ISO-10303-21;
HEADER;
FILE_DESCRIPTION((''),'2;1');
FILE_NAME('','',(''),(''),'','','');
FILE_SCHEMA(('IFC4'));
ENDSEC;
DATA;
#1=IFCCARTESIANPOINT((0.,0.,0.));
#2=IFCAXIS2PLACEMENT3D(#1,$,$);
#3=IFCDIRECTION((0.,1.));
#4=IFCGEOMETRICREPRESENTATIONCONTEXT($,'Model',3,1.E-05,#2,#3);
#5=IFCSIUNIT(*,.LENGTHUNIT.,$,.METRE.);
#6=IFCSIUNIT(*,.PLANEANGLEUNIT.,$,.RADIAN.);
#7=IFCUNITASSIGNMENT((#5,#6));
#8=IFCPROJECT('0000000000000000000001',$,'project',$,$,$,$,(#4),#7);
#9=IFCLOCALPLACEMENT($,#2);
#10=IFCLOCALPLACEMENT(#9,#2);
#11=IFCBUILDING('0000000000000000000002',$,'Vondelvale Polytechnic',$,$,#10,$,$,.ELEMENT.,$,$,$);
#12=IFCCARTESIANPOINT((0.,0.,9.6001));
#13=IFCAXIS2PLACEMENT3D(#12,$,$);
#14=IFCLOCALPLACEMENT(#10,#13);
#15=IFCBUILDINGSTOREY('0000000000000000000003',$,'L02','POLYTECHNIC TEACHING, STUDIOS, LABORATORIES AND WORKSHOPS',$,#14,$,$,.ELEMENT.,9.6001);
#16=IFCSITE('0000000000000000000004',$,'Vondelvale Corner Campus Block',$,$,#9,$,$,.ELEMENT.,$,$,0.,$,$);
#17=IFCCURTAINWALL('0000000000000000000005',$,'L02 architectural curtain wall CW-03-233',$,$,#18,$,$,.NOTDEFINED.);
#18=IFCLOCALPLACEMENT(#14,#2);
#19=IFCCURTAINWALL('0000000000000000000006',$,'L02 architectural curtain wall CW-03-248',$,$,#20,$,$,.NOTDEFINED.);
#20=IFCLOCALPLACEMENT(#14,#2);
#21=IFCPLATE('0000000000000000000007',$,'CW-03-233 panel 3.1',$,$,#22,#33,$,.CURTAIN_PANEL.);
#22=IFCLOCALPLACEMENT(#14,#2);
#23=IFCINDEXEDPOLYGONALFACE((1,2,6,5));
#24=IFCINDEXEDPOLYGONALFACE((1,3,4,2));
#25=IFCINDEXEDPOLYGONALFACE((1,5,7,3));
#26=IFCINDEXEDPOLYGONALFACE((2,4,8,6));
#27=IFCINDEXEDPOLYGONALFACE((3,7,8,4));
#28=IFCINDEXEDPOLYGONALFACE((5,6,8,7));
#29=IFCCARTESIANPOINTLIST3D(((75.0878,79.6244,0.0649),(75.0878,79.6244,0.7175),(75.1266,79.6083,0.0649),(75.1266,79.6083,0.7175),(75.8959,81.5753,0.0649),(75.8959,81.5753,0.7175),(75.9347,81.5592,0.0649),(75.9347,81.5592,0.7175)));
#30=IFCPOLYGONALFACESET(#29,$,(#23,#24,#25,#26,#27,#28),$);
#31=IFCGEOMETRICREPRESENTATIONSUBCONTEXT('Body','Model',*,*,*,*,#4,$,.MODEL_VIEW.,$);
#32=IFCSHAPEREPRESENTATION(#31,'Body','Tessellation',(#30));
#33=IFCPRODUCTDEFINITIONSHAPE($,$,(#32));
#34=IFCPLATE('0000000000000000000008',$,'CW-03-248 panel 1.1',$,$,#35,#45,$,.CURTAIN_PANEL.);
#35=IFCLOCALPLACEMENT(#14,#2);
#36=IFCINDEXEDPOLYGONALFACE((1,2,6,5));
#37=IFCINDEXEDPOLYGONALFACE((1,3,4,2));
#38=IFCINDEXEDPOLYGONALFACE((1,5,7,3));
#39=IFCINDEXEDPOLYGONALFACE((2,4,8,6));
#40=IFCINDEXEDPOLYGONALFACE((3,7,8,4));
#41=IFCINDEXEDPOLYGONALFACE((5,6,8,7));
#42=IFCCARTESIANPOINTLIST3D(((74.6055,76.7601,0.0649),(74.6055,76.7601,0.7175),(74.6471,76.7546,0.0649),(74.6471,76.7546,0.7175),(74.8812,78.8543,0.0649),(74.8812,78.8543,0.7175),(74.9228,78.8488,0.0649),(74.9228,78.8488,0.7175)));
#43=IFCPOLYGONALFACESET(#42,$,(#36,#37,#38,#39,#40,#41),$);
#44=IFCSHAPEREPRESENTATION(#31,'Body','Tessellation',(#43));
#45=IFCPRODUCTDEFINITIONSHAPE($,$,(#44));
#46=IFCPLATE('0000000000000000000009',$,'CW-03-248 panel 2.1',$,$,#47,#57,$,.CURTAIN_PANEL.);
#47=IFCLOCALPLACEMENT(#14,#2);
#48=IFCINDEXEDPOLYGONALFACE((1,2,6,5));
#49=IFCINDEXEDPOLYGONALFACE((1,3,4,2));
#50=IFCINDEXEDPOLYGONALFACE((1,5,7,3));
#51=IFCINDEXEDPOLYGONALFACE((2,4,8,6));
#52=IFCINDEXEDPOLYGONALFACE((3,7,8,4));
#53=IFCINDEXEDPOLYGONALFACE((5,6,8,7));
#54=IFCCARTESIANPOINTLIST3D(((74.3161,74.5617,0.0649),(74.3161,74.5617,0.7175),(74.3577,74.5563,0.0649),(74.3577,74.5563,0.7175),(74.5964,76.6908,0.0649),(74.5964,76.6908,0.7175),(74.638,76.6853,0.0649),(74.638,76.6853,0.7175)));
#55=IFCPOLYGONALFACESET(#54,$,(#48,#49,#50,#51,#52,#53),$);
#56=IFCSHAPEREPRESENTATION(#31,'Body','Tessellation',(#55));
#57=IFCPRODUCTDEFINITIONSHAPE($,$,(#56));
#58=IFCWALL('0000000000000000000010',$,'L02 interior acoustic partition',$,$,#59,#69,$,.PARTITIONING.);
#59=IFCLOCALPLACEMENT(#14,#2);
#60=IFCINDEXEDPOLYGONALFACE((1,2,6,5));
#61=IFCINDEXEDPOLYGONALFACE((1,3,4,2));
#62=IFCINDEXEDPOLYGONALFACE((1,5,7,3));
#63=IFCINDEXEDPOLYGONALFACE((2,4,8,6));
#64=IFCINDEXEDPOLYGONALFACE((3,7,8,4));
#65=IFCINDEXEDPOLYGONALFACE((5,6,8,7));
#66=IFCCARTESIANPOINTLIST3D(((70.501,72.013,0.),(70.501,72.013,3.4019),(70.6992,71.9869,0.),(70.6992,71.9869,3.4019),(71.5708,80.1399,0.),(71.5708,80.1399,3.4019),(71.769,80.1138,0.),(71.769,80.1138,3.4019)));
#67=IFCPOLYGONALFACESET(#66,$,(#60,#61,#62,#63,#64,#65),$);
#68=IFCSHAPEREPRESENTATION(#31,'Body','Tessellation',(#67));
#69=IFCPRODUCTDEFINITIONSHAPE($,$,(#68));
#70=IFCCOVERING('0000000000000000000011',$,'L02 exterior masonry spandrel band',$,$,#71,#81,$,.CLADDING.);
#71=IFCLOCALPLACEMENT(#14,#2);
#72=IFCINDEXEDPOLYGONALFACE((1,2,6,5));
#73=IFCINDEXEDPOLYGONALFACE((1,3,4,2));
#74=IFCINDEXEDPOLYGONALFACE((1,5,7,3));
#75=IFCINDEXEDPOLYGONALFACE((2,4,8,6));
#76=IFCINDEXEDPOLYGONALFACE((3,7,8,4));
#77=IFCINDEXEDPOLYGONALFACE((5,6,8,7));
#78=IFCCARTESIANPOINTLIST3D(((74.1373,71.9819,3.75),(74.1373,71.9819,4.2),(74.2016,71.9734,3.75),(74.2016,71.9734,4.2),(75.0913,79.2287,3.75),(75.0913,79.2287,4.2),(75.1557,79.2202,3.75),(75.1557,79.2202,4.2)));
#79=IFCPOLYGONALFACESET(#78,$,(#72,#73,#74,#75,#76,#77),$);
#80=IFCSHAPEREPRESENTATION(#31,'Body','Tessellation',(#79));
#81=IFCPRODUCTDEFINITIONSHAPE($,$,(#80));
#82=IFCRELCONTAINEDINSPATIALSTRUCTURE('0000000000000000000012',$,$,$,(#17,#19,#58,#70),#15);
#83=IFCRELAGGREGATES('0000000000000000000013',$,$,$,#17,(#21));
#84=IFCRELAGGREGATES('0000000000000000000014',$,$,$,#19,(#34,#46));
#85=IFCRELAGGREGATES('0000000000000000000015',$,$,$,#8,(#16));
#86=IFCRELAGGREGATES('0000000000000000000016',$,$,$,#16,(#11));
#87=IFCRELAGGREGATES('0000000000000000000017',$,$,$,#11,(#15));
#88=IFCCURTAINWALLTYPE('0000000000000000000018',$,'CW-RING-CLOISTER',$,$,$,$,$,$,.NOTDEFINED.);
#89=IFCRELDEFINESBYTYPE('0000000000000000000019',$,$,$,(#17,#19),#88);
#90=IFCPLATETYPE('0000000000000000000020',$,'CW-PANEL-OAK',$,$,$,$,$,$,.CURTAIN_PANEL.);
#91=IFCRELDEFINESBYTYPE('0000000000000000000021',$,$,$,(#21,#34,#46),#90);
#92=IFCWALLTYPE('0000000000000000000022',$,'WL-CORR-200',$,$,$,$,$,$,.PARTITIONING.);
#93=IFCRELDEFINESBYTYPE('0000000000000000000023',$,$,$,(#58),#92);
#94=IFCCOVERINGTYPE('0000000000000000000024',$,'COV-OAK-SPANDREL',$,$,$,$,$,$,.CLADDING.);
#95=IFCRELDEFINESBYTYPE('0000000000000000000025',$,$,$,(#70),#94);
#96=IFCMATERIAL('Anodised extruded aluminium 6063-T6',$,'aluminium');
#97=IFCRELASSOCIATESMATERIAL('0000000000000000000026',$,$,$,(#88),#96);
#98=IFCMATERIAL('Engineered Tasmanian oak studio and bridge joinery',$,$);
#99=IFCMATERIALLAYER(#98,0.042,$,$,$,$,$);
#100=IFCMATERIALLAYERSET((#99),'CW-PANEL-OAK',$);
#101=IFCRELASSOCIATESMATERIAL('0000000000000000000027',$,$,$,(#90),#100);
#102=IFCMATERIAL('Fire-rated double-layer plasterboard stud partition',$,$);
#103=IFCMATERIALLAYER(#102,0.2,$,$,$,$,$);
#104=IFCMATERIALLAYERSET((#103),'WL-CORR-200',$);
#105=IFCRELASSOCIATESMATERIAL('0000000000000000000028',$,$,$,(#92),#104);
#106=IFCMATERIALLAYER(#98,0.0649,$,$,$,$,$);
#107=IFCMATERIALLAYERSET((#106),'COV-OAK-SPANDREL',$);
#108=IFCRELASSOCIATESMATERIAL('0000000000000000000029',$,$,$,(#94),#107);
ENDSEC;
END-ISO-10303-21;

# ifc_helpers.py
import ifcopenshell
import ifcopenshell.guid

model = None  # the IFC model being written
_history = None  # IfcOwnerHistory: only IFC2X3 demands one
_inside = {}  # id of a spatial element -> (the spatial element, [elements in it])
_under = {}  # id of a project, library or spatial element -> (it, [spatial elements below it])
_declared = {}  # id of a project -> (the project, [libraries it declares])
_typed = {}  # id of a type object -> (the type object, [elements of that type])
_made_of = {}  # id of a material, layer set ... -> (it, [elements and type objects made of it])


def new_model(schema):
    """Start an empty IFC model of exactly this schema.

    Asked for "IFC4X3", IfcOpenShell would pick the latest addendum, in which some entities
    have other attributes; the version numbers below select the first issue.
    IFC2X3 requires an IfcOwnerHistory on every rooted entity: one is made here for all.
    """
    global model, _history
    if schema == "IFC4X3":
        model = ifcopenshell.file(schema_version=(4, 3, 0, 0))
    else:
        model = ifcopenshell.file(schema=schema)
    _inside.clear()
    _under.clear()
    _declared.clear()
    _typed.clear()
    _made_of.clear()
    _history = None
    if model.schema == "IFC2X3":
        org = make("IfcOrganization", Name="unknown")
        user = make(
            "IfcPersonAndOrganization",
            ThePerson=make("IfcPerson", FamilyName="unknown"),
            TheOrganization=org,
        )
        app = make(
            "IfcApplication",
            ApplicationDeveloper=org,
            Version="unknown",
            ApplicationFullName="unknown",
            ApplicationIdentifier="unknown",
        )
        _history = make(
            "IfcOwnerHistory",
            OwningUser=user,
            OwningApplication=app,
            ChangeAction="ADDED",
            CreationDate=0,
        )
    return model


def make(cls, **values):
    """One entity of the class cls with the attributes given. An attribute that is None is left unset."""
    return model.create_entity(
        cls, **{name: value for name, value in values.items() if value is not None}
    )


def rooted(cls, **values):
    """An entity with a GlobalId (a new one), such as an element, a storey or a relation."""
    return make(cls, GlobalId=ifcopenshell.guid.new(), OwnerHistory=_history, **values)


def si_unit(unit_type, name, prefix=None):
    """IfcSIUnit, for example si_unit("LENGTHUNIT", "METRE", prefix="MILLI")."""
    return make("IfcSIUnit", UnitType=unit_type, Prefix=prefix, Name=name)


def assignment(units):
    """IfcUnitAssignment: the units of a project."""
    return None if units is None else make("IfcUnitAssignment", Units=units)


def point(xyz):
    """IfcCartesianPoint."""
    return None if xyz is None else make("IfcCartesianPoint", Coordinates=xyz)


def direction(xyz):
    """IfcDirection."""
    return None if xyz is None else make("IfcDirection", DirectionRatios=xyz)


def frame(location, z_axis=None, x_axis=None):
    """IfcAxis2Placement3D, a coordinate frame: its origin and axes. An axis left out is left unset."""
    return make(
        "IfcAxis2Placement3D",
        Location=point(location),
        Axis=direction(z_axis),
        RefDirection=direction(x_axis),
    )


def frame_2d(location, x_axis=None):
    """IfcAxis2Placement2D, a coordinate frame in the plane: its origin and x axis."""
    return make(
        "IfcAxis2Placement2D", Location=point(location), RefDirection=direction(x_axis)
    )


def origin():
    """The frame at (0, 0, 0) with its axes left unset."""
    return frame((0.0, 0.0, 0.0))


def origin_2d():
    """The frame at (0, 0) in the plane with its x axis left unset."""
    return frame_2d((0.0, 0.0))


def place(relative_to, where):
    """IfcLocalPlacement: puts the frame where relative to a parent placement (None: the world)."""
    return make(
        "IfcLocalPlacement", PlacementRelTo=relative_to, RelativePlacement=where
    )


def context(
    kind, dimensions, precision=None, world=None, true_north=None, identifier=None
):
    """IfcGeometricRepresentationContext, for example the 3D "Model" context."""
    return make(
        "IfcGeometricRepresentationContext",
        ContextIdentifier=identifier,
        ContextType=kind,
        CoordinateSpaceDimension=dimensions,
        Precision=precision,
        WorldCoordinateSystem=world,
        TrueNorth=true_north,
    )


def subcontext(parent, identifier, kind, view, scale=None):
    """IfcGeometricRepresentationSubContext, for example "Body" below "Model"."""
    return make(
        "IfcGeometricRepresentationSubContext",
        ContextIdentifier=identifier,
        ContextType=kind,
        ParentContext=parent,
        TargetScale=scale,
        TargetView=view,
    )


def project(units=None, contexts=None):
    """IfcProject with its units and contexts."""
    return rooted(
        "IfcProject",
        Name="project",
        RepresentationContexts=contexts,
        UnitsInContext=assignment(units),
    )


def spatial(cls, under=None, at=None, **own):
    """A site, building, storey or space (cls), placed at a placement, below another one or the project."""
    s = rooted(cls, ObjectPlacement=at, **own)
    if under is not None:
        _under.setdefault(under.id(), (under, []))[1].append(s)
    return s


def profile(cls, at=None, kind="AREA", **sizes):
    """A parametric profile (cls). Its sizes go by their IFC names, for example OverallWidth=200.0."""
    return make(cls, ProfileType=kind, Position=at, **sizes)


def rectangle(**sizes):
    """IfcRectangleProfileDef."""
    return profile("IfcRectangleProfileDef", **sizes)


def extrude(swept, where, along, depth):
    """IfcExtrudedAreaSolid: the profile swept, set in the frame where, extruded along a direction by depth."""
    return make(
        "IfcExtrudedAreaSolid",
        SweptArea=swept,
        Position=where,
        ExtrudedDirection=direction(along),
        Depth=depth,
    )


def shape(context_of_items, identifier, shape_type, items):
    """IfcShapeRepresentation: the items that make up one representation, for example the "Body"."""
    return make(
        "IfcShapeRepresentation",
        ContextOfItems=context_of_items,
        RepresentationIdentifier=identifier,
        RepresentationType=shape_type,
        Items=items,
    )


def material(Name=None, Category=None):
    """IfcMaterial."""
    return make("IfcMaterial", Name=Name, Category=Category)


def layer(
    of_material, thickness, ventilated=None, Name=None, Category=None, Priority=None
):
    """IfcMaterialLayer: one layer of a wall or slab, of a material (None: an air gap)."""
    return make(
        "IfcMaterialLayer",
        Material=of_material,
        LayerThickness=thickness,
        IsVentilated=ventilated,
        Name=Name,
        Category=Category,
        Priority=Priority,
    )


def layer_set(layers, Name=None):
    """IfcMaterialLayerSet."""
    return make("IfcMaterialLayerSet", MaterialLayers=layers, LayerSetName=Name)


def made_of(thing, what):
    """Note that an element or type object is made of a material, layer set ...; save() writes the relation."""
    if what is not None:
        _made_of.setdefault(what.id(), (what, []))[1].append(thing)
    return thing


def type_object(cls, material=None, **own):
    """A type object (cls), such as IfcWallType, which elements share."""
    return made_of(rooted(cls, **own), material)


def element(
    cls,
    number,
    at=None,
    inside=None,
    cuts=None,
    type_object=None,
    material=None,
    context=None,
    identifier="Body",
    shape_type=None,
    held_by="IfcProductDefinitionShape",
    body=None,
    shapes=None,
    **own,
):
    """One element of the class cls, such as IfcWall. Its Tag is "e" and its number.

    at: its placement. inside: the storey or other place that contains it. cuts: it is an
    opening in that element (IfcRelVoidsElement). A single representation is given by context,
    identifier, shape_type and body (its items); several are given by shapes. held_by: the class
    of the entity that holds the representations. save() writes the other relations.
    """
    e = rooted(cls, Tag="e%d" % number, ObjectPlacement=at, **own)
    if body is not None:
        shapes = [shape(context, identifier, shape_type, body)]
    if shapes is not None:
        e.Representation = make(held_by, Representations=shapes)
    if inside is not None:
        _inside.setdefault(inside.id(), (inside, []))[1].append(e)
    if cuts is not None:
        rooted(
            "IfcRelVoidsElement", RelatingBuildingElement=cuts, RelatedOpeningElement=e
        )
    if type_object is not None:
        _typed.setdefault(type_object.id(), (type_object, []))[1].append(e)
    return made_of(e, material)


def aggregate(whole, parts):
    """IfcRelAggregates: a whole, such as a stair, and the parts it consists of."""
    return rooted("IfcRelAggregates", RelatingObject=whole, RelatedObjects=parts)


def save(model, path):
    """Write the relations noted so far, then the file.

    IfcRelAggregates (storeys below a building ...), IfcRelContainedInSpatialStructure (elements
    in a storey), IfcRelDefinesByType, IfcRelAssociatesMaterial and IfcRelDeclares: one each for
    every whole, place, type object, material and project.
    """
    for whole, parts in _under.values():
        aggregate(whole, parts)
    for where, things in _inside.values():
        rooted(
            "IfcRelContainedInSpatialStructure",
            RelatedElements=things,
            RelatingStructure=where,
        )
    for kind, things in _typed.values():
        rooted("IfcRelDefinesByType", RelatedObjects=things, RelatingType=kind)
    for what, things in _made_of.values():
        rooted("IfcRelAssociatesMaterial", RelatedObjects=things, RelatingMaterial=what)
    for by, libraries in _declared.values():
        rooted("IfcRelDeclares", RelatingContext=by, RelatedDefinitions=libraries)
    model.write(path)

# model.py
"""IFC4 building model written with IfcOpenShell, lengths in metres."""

from ifc_helpers import new_model, si_unit, direction, frame, frame_2d, origin, origin_2d, place, context, subcontext, project, spatial, rectangle, extrude, material, layer, layer_set, type_object, element, aggregate, save


model = new_model("IFC4")

# Units and contexts
model_context = context("Model", 3, precision=1e-05, world=origin(), true_north=direction((0.0, 1.0)))
body_context = subcontext(model_context, "Body", "Model", "MODEL_VIEW")
ifc_project = project(units=[si_unit("LENGTHUNIT", "METRE"), si_unit("PLANEANGLEUNIT", "RADIAN")], contexts=[model_context])

# Site, building, storey
site_placement = place(None, origin())
site = spatial("IfcSite", under=ifc_project, at=site_placement, Name="Vondelvale Corner Campus Block", CompositionType="ELEMENT", RefElevation=0.0)
building_placement = place(site_placement, origin())
building = spatial("IfcBuilding", under=site, at=building_placement, Name="Vondelvale Polytechnic", CompositionType="ELEMENT")
storey_placement = place(building_placement, frame((0.0, 0.0, 9.6001)))
storey = spatial("IfcBuildingStorey", under=building, at=storey_placement, Name="L02", Description="POLYTECHNIC TEACHING, STUDIOS, LABORATORIES AND WORKSHOPS", CompositionType="ELEMENT", Elevation=9.6001)

# Curtain walls
ifc_material_1 = material(Name="Anodised extruded aluminium 6063-T6", Category="aluminium")
curtain_wall_type = type_object("IfcCurtainWallType", Name="CW-RING-CLOISTER", PredefinedType="NOTDEFINED", material=ifc_material_1)
curtain_wall_1_placement = place(storey_placement, origin())
curtain_wall_1 = element("IfcCurtainWall", 1, at=curtain_wall_1_placement, inside=storey, type_object=curtain_wall_type, Name="L02 architectural curtain wall CW-03-233", PredefinedType="NOTDEFINED")
curtain_wall_2_placement = place(storey_placement, origin())
curtain_wall_2 = element("IfcCurtainWall", 2, at=curtain_wall_2_placement, inside=storey, type_object=curtain_wall_type, Name="L02 architectural curtain wall CW-03-248", PredefinedType="NOTDEFINED")

# Plates
ifc_material_2 = material(Name="Engineered Tasmanian oak studio and bridge joinery")
ifc_layer_1 = layer(ifc_material_2, 0.042)
ifc_layer_set_1 = layer_set([ifc_layer_1], Name="CW-PANEL-OAK")
plate_type_1 = type_object("IfcPlateType", Name="CW-PANEL-OAK", PredefinedType="CURTAIN_PANEL", material=ifc_layer_set_1)
plate_1_placement = place(storey_placement, frame((75.5112, 80.5918, 0.0649), z_axis=(0.0, 0.0, 1.0), x_axis=(-0.382679, -0.923882, 0.0)))
plate_1 = element("IfcPlate", 3, at=plate_1_placement, type_object=plate_type_1, Name="CW-03-233 panel 3.1", PredefinedType="CURTAIN_PANEL", context=body_context, shape_type="SweptSolid", body=[
    extrude(rectangle(XDim=2.1116, YDim=0.042, at=origin_2d()), origin(), (0.0, 0.0, 1.0), 0.6526),
])
aggregate(curtain_wall_1, [plate_1])
plate_2_placement = place(storey_placement, frame((74.7642, 77.8044, 0.0649), z_axis=(0.0, 0.0, 1.0), x_axis=(-0.130528, -0.991445, 0.0)))
plate_2 = element("IfcPlate", 4, at=plate_2_placement, type_object=plate_type_1, Name="CW-03-248 panel 1.1", PredefinedType="CURTAIN_PANEL", context=body_context, shape_type="SweptSolid", body=[
    extrude(rectangle(XDim=2.1123, YDim=0.042, at=origin_2d()), origin(), (0.0, 0.0, 1.0), 0.6526),
])
plate_3_placement = place(storey_placement, frame((74.4771, 75.6235, 0.0649), z_axis=(0.0, 0.0, 1.0), x_axis=(-0.130528, -0.991445, 0.0)))
plate_3 = element("IfcPlate", 5, at=plate_3_placement, type_object=plate_type_1, Name="CW-03-248 panel 2.1", PredefinedType="CURTAIN_PANEL", context=body_context, shape_type="SweptSolid", body=[
    extrude(rectangle(XDim=2.1475, YDim=0.042, at=origin_2d()), origin(), (0.0, 0.0, 1.0), 0.6526),
])
aggregate(curtain_wall_2, [plate_2, plate_3])

# Wall
ifc_material_3 = material(Name="Fire-rated double-layer plasterboard stud partition")
ifc_layer_2 = layer(ifc_material_3, 0.2)
ifc_layer_set_2 = layer_set([ifc_layer_2], Name="WL-CORR-200")
wall_type = type_object("IfcWallType", Name="WL-CORR-200", PredefinedType="PARTITIONING", material=ifc_layer_set_2)
wall_placement = place(storey_placement, frame((71.6699, 80.127, 0.0), z_axis=(0.0, 0.0, 1.0), x_axis=(-0.130513, -0.991447, 0.0)))
element("IfcWall", 6, at=wall_placement, inside=storey, type_object=wall_type, Name="L02 interior acoustic partition", PredefinedType="PARTITIONING", context=body_context, shape_type="SweptSolid", body=[
    extrude(rectangle(XDim=8.197, YDim=0.2, at=frame_2d((4.0986, 0.0))), origin(), (0.0, 0.0, 1.0), 3.4019),
])

# Covering
ifc_layer_3 = layer(ifc_material_2, 0.0649)
ifc_layer_set_3 = layer_set([ifc_layer_3], Name="COV-OAK-SPANDREL")
covering_type = type_object("IfcCoveringType", Name="COV-OAK-SPANDREL", PredefinedType="CLADDING", material=ifc_layer_set_3)
covering_placement = place(storey_placement, frame((74.6465, 75.6011, 3.75), z_axis=(0.0, 0.0, 1.0), x_axis=(-0.130526, -0.991445, 0.0)))
element("IfcCovering", 7, at=covering_placement, inside=storey, type_object=covering_type, Name="L02 exterior masonry spandrel band", PredefinedType="CLADDING", context=body_context, shape_type="SweptSolid", body=[
    extrude(rectangle(XDim=7.3093, YDim=0.0649, at=origin_2d()), origin(), (0.0, 0.0, 1.0), 0.45),
])

save(model, "model.ifc")
